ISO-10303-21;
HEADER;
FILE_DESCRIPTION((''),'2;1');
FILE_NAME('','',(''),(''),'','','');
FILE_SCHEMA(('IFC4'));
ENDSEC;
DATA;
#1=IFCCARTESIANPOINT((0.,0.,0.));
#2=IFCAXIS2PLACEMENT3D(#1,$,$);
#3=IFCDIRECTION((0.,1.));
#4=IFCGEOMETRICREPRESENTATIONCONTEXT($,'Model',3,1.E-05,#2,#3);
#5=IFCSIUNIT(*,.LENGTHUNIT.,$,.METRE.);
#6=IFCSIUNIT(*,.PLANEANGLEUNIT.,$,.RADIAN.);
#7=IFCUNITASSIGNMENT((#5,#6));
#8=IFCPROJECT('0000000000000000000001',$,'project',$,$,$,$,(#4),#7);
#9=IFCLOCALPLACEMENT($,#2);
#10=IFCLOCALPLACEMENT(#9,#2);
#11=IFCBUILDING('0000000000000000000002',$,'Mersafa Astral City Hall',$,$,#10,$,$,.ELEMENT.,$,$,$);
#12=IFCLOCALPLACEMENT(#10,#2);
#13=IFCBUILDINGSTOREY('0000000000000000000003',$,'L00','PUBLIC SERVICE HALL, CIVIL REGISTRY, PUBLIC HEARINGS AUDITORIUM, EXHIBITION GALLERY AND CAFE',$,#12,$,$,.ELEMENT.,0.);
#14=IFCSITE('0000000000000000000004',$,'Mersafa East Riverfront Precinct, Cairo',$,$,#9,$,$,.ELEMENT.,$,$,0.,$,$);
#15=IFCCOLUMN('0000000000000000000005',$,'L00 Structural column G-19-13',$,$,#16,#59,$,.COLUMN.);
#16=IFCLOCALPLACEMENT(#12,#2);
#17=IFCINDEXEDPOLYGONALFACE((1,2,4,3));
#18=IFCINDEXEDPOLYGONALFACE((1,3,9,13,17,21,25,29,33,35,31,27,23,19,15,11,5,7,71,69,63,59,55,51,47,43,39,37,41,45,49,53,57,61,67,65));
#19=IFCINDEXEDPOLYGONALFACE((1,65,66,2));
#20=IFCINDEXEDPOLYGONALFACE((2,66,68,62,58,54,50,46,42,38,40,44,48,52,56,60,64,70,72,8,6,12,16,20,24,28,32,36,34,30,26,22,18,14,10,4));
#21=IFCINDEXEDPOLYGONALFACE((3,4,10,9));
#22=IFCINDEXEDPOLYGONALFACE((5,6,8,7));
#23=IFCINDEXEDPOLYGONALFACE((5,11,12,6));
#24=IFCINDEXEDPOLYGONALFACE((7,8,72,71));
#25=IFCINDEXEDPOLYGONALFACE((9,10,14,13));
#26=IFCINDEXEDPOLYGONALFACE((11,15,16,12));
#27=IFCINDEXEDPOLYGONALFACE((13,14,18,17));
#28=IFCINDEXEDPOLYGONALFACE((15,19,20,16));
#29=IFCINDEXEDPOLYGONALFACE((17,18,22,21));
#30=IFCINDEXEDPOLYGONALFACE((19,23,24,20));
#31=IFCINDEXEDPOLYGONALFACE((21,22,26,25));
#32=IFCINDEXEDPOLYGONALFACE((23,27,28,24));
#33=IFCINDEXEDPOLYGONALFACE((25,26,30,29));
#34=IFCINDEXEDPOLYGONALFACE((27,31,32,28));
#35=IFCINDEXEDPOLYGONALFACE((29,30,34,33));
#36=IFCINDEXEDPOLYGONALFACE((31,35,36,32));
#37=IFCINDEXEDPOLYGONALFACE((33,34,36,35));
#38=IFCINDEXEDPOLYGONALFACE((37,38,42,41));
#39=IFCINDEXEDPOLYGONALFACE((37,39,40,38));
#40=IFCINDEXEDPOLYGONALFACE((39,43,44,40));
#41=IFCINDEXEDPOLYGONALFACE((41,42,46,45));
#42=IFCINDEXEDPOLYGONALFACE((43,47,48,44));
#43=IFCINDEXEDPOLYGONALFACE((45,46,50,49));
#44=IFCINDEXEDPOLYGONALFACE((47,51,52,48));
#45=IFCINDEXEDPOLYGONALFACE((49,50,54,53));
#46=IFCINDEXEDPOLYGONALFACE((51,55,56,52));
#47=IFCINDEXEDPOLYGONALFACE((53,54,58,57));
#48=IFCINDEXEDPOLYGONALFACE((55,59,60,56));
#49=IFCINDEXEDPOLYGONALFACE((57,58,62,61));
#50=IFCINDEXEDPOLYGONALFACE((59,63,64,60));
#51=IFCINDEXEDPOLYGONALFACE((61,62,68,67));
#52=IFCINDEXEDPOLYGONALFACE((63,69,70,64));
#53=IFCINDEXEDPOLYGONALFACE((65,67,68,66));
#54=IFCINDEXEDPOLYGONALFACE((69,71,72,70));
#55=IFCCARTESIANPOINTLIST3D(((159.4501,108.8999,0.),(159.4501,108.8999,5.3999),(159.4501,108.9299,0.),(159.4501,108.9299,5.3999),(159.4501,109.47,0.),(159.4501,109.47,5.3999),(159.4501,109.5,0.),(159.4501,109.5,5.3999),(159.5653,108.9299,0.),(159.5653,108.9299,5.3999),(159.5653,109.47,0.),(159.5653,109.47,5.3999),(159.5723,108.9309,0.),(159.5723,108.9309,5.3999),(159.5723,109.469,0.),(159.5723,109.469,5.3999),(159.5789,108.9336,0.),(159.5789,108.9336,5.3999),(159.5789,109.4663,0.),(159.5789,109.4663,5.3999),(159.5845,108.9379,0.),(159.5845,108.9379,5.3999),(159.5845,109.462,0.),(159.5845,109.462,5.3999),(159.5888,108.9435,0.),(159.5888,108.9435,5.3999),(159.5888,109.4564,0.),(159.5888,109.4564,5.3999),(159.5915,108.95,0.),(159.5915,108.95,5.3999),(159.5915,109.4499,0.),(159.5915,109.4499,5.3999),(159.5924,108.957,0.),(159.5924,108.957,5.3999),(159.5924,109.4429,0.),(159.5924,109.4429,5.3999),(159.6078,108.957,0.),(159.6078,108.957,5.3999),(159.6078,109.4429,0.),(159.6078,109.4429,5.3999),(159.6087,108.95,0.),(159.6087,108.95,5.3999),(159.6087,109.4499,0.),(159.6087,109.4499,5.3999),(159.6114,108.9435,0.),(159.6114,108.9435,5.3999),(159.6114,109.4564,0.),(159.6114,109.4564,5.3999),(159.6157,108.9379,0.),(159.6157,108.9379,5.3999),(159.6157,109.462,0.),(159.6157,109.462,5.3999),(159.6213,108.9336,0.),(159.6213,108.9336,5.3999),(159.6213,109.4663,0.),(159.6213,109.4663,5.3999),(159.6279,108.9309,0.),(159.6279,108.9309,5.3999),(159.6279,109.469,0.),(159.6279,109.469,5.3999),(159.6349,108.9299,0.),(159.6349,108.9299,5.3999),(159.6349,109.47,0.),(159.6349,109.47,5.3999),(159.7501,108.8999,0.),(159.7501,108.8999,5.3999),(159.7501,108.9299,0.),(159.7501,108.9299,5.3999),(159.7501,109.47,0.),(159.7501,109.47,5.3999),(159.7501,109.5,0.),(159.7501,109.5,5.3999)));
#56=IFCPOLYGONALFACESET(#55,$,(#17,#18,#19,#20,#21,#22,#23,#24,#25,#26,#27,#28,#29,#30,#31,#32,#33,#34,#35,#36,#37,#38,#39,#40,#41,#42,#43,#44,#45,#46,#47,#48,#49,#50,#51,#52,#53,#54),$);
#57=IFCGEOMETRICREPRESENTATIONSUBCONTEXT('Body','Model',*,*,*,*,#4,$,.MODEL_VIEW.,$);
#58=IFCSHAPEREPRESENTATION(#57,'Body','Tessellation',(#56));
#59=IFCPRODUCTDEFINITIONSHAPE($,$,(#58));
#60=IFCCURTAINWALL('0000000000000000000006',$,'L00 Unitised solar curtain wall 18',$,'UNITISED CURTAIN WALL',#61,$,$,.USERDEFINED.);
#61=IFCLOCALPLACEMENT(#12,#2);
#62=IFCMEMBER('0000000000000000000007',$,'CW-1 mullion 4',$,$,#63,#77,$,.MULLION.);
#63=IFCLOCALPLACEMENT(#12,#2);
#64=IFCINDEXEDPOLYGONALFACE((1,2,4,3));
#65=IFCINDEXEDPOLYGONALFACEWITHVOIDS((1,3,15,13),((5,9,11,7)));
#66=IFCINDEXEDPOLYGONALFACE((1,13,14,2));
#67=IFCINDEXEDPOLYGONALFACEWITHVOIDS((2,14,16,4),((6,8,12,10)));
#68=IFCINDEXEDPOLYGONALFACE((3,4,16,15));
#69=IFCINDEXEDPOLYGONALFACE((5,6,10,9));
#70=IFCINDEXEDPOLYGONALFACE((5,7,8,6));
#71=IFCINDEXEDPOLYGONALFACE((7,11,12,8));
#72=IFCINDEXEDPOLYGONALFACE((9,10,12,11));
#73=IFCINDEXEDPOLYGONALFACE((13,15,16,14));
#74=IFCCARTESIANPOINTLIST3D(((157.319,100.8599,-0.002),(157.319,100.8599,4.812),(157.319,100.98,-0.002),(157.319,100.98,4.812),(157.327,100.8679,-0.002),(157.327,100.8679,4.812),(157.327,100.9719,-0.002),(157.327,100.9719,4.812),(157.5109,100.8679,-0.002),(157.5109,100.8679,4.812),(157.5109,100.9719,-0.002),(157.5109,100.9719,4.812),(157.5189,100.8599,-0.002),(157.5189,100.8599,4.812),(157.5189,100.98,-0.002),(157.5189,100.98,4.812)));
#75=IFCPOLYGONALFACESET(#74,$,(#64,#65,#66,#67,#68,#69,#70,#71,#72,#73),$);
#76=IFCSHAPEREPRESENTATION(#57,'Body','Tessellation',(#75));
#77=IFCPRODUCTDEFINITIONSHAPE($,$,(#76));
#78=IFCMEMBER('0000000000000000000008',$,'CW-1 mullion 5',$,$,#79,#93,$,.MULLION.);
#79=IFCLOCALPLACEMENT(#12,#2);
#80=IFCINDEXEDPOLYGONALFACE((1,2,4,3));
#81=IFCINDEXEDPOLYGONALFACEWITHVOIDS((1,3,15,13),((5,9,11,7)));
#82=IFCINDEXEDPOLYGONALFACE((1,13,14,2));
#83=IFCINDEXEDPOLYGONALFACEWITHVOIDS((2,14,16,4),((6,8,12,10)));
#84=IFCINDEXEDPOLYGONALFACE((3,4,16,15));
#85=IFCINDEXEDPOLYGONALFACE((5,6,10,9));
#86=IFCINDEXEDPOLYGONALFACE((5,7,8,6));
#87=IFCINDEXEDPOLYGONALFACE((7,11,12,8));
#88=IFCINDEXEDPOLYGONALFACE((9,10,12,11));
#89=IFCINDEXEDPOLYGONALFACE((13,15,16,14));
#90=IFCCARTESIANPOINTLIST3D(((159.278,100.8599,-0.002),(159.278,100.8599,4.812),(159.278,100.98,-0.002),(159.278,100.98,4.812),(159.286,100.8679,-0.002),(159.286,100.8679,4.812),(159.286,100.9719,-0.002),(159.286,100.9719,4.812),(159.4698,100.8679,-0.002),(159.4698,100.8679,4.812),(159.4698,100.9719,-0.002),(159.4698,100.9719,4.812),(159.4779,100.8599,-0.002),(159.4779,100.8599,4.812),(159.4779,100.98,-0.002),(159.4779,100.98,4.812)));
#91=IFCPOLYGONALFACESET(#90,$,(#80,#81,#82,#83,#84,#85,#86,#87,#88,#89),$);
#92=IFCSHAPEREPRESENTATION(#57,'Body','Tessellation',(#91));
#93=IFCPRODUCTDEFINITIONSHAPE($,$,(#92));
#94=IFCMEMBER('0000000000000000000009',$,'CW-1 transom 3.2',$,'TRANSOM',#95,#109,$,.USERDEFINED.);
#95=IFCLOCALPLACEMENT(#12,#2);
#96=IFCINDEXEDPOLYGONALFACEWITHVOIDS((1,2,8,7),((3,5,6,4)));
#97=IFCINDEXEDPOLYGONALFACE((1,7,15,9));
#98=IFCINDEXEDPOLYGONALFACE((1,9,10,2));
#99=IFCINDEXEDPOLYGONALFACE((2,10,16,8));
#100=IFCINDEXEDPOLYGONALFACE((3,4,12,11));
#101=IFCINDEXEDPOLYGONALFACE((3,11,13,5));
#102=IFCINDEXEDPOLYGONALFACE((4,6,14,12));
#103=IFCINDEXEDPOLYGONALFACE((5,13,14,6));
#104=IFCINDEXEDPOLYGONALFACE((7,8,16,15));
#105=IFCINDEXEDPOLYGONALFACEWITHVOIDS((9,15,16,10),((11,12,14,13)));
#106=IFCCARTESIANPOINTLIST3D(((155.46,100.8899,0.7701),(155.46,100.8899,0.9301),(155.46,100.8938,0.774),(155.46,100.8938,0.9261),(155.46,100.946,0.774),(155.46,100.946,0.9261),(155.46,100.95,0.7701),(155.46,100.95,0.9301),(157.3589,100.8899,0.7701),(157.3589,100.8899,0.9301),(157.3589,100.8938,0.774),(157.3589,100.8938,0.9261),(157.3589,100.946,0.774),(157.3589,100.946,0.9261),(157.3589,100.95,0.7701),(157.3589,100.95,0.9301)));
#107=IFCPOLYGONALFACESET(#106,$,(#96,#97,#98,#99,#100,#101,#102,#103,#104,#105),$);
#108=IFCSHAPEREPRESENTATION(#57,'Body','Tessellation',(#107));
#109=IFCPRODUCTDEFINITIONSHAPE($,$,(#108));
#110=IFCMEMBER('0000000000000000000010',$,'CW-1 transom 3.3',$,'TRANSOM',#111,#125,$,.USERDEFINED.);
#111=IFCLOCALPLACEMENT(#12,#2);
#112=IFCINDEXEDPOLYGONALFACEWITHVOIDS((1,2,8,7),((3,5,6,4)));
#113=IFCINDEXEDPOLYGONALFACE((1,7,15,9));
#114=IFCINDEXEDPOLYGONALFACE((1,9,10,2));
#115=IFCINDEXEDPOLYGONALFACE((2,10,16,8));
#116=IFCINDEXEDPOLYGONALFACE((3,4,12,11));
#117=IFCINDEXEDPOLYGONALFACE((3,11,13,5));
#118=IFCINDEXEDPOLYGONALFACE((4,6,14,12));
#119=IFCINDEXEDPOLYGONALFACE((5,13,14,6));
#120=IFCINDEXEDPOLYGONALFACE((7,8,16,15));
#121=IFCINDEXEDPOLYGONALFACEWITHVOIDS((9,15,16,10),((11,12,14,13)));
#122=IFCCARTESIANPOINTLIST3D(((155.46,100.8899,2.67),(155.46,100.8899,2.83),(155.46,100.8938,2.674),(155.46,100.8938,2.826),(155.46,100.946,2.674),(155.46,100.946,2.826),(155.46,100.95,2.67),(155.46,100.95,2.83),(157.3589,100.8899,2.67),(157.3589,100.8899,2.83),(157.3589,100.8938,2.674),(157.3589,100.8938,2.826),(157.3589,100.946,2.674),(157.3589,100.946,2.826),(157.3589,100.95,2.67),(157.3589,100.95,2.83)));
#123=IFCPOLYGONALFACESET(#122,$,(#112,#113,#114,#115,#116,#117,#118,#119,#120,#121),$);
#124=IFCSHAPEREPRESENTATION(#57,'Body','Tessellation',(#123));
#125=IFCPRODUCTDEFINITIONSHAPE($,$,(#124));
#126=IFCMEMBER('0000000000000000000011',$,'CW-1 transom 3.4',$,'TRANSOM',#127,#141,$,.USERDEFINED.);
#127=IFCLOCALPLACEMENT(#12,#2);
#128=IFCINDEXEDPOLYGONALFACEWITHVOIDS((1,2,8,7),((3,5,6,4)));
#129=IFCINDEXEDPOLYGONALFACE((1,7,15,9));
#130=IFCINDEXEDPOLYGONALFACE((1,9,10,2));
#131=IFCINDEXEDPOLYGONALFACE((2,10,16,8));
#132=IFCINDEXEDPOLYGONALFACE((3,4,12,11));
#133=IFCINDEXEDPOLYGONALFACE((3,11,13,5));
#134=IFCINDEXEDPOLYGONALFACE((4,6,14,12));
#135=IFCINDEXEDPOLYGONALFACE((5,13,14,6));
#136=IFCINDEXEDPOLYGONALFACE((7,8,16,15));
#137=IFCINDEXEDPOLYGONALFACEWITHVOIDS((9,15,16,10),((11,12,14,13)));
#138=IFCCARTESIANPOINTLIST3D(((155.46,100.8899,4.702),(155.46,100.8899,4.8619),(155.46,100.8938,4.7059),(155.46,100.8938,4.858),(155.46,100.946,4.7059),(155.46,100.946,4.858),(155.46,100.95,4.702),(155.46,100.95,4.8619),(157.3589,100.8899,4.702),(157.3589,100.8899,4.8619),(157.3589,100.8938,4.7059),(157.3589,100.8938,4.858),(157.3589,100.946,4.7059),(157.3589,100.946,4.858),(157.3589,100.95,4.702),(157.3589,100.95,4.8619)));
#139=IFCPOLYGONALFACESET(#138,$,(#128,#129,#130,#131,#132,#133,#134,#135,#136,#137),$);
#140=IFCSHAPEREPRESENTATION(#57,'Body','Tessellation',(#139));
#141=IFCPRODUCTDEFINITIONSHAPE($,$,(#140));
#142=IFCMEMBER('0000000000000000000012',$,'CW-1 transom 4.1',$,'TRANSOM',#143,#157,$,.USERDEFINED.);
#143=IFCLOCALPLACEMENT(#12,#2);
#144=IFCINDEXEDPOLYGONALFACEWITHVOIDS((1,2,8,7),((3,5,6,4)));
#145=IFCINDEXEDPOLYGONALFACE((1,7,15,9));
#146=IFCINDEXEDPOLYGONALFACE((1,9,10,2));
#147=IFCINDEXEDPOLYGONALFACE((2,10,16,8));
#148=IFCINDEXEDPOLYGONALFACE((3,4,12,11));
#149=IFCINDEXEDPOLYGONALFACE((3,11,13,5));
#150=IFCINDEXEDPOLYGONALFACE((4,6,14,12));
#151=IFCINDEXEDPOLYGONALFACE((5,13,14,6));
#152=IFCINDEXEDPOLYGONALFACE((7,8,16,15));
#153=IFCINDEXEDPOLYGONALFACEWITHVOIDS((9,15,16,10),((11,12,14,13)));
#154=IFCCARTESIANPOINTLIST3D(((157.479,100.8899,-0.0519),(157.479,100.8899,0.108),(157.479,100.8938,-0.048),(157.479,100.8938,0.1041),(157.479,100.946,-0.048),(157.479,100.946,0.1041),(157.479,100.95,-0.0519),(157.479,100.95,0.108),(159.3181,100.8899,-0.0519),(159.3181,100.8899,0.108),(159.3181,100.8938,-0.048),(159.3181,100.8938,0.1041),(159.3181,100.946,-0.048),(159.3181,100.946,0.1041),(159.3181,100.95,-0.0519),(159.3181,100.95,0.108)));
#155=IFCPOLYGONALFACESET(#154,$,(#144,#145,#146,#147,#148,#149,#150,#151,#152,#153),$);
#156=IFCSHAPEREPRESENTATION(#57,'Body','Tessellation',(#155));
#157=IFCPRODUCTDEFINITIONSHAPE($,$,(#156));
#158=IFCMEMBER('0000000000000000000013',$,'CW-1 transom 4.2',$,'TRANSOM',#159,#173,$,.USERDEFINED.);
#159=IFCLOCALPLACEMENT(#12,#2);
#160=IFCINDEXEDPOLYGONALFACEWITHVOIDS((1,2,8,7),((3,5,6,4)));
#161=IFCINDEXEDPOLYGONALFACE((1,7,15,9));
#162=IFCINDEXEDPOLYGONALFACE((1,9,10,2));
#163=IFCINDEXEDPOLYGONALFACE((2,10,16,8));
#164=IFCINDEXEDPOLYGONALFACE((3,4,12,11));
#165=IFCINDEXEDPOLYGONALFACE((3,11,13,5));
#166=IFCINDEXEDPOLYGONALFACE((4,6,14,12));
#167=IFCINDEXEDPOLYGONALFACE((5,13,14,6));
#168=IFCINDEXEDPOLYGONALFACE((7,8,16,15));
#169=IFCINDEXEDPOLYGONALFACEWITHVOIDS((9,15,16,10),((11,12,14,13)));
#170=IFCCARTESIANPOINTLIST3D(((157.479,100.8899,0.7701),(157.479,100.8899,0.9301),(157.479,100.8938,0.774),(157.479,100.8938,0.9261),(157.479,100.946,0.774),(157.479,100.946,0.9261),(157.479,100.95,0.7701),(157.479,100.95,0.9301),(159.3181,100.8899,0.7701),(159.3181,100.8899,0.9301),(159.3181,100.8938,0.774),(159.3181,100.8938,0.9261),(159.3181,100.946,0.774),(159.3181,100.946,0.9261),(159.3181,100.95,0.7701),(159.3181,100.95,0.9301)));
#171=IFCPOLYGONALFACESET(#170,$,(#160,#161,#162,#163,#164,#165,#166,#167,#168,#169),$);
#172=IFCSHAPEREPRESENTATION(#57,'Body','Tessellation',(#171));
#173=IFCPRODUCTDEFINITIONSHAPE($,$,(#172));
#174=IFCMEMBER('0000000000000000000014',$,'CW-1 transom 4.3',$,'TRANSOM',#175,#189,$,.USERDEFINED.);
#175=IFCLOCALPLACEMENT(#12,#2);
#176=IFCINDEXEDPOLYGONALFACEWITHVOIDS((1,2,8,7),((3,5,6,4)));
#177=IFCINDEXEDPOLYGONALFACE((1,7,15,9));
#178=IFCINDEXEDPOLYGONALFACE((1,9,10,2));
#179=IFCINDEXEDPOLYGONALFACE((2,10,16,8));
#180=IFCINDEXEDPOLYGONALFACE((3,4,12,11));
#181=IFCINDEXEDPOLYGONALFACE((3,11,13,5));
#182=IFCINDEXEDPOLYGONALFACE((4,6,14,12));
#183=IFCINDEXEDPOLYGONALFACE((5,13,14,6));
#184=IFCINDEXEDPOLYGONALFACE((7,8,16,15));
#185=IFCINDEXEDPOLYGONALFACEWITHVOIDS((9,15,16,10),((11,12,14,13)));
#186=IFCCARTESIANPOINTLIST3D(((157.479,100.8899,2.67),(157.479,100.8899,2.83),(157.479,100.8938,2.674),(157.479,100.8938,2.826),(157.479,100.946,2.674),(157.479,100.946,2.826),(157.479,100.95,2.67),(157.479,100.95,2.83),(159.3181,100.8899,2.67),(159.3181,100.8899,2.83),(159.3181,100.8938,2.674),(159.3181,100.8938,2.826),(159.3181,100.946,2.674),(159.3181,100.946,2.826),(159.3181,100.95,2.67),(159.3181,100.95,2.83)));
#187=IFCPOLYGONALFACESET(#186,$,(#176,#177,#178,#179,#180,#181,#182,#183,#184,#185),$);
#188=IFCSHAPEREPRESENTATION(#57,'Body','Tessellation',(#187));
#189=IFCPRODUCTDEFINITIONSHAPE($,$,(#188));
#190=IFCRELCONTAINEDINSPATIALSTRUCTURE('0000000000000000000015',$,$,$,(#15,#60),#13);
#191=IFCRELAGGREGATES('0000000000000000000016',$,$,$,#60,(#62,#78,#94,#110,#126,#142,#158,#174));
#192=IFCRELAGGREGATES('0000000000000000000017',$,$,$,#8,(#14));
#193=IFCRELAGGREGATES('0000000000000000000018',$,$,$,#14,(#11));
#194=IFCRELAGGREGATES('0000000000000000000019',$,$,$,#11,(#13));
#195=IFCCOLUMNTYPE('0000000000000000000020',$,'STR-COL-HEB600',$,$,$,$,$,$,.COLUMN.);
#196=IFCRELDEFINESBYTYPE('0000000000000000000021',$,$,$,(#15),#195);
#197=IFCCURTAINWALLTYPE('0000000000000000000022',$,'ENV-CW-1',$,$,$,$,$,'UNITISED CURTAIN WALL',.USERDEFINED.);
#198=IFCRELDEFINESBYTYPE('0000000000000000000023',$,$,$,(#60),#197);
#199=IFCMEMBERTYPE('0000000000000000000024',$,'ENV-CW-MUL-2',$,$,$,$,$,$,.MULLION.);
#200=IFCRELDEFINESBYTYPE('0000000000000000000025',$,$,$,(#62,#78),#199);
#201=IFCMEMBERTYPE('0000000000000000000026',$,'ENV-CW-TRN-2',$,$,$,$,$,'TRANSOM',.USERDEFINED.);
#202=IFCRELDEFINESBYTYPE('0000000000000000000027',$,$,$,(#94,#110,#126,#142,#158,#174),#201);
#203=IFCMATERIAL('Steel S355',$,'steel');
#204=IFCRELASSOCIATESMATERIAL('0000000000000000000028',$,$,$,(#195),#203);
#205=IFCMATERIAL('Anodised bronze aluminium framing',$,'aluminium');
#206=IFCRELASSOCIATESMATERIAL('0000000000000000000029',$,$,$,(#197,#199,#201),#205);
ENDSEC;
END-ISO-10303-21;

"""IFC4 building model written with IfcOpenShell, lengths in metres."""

from ifc_helpers import new_model, si_unit, direction, frame, origin, origin_2d, place, context, subcontext, project, spatial, hollow_rectangle, i_section, extrude, material, material_profile, profile_set, type_object, element, aggregate, save


model = new_model("IFC4")

# Units and contexts
model_context = context("Model", 3, precision=1e-05, world=origin(), true_north=direction((0.0, 1.0)))
body_context = subcontext(model_context, "Body", "Model", "MODEL_VIEW")
ifc_project = project(units=[si_unit("LENGTHUNIT", "METRE"), si_unit("PLANEANGLEUNIT", "RADIAN")], contexts=[model_context])

# Site, building, storey
site_placement = place(None, origin())
site = spatial("IfcSite", under=ifc_project, at=site_placement, Name="Mersafa East Riverfront Precinct, Cairo", CompositionType="ELEMENT", RefElevation=0.0)
building_placement = place(site_placement, origin())
building = spatial("IfcBuilding", under=site, at=building_placement, Name="Mersafa Astral City Hall", CompositionType="ELEMENT")
storey_placement = place(building_placement, origin())
storey = spatial("IfcBuildingStorey", under=building, at=storey_placement, Name="L00", Description="PUBLIC SERVICE HALL, CIVIL REGISTRY, PUBLIC HEARINGS AUDITORIUM, EXHIBITION GALLERY AND CAFE", CompositionType="ELEMENT", Elevation=0.0)

# Column
ifc_material_1 = material(Name="Steel S355", Category="steel")
ifc_material_profile_1 = material_profile(ifc_material_1, i_section(OverallWidth=0.3, OverallDepth=0.6001, WebThickness=0.0154, FlangeThickness=0.03, FilletRadius=0.0271, at=origin_2d()), Name="HEB 600")
ifc_profile_set_1 = profile_set([ifc_material_profile_1], Name="Steel S355")
column_type = type_object("IfcColumnType", Name="STR-COL-HEB600", PredefinedType="COLUMN", material=ifc_profile_set_1)
column_placement = place(storey_placement, frame((159.6001, 109.2, 0.0), z_axis=(0.0, 0.0, 1.0), x_axis=(1.0, 0.0, 0.0)))
element("IfcColumn", 1, at=column_placement, inside=storey, type_object=column_type, Name="L00 Structural column G-19-13", PredefinedType="COLUMN", context=body_context, shape_type="SweptSolid", body=[
    extrude(i_section(OverallWidth=0.3, OverallDepth=0.6001, WebThickness=0.0154, FlangeThickness=0.03, FilletRadius=0.0271, at=origin_2d()), origin(), (0.0, 0.0, 1.0), 5.3999),
])

# Curtain wall, members
ifc_material_2 = material(Name="Anodised bronze aluminium framing", Category="aluminium")
curtain_wall_type = type_object("IfcCurtainWallType", Name="ENV-CW-1", ElementType="UNITISED CURTAIN WALL", PredefinedType="USERDEFINED", material=ifc_material_2)
curtain_wall_placement = place(storey_placement, origin())
curtain_wall = element("IfcCurtainWall", 2, at=curtain_wall_placement, inside=storey, type_object=curtain_wall_type, Name="L00 Unitised solar curtain wall 18", ObjectType="UNITISED CURTAIN WALL", PredefinedType="USERDEFINED")
ifc_material_profile_2 = material_profile(ifc_material_2, hollow_rectangle(XDim=0.1201, YDim=0.2, WallThickness=0.0081, at=origin_2d()), Name="RHS 120x200x8")
ifc_profile_set_2 = profile_set([ifc_material_profile_2], Name="Anodised bronze aluminium framing")
member_type_1 = type_object("IfcMemberType", Name="ENV-CW-MUL-2", PredefinedType="MULLION", material=ifc_profile_set_2)
member_1_placement = place(storey_placement, frame((157.4189, 100.9199, -0.002), z_axis=(0.0, 0.0, 1.0), x_axis=(0.0, 1.0, 0.0)))
member_1 = element("IfcMember", 3, at=member_1_placement, type_object=member_type_1, Name="CW-1 mullion 4", PredefinedType="MULLION", context=body_context, shape_type="SweptSolid", body=[
    extrude(hollow_rectangle(XDim=0.1201, YDim=0.2, WallThickness=0.0081, at=origin_2d()), origin(), (0.0, 0.0, 1.0), 4.814),
])
member_2_placement = place(storey_placement, frame((159.3779, 100.9199, -0.002), z_axis=(0.0, 0.0, 1.0), x_axis=(0.0, 1.0, 0.0)))
member_2 = element("IfcMember", 4, at=member_2_placement, type_object=member_type_1, Name="CW-1 mullion 5", PredefinedType="MULLION", context=body_context, shape_type="SweptSolid", body=[
    extrude(hollow_rectangle(XDim=0.1201, YDim=0.2, WallThickness=0.0081, at=origin_2d()), origin(), (0.0, 0.0, 1.0), 4.814),
])
ifc_material_profile_3 = material_profile(ifc_material_2, hollow_rectangle(XDim=0.0601, YDim=0.1599, WallThickness=0.0039, at=origin_2d()), Name="RHS 60x160x4")
ifc_profile_set_3 = profile_set([ifc_material_profile_3], Name="Anodised bronze aluminium framing")
member_type_2 = type_object("IfcMemberType", Name="ENV-CW-TRN-2", ElementType="TRANSOM", PredefinedType="USERDEFINED", material=ifc_profile_set_3)
member_3_placement = place(storey_placement, frame((155.46, 100.9199, 0.8501), z_axis=(1.0, 0.0, 0.0), x_axis=(0.0, 1.0, 0.0)))
member_3 = element("IfcMember", 5, at=member_3_placement, type_object=member_type_2, Name="CW-1 transom 3.2", ObjectType="TRANSOM", PredefinedType="USERDEFINED", context=body_context, shape_type="SweptSolid", body=[
    extrude(hollow_rectangle(XDim=0.0601, YDim=0.1599, WallThickness=0.0039, at=origin_2d()), origin(), (0.0, 0.0, 1.0), 1.8989),
])
member_4_placement = place(storey_placement, frame((155.46, 100.9199, 2.75), z_axis=(1.0, 0.0, 0.0), x_axis=(0.0, 1.0, 0.0)))
member_4 = element("IfcMember", 6, at=member_4_placement, type_object=member_type_2, Name="CW-1 transom 3.3", ObjectType="TRANSOM", PredefinedType="USERDEFINED", context=body_context, shape_type="SweptSolid", body=[
    extrude(hollow_rectangle(XDim=0.0601, YDim=0.1599, WallThickness=0.0039, at=origin_2d()), origin(), (0.0, 0.0, 1.0), 1.8989),
])
member_5_placement = place(storey_placement, frame((155.46, 100.9199, 4.782), z_axis=(1.0, 0.0, 0.0), x_axis=(0.0, 1.0, 0.0)))
member_5 = element("IfcMember", 7, at=member_5_placement, type_object=member_type_2, Name="CW-1 transom 3.4", ObjectType="TRANSOM", PredefinedType="USERDEFINED", context=body_context, shape_type="SweptSolid", body=[
    extrude(hollow_rectangle(XDim=0.0601, YDim=0.1599, WallThickness=0.0039, at=origin_2d()), origin(), (0.0, 0.0, 1.0), 1.8989),
])
member_6_placement = place(storey_placement, frame((157.479, 100.9199, 0.0281), z_axis=(1.0, 0.0, 0.0), x_axis=(0.0, 1.0, 0.0)))
member_6 = element("IfcMember", 8, at=member_6_placement, type_object=member_type_2, Name="CW-1 transom 4.1", ObjectType="TRANSOM", PredefinedType="USERDEFINED", context=body_context, shape_type="SweptSolid", body=[
    extrude(hollow_rectangle(XDim=0.0601, YDim=0.1599, WallThickness=0.0039, at=origin_2d()), origin(), (0.0, 0.0, 1.0), 1.8391),
])
member_7_placement = place(storey_placement, frame((157.479, 100.9199, 0.8501), z_axis=(1.0, 0.0, 0.0), x_axis=(0.0, 1.0, 0.0)))
member_7 = element("IfcMember", 9, at=member_7_placement, type_object=member_type_2, Name="CW-1 transom 4.2", ObjectType="TRANSOM", PredefinedType="USERDEFINED", context=body_context, shape_type="SweptSolid", body=[
    extrude(hollow_rectangle(XDim=0.0601, YDim=0.1599, WallThickness=0.0039, at=origin_2d()), origin(), (0.0, 0.0, 1.0), 1.8391),
])
member_8_placement = place(storey_placement, frame((157.479, 100.9199, 2.75), z_axis=(1.0, 0.0, 0.0), x_axis=(0.0, 1.0, 0.0)))
member_8 = element("IfcMember", 10, at=member_8_placement, type_object=member_type_2, Name="CW-1 transom 4.3", ObjectType="TRANSOM", PredefinedType="USERDEFINED", context=body_context, shape_type="SweptSolid", body=[
    extrude(hollow_rectangle(XDim=0.0601, YDim=0.1599, WallThickness=0.0039, at=origin_2d()), origin(), (0.0, 0.0, 1.0), 1.8391),
])

aggregate(curtain_wall, [member_1, member_2, member_3, member_4, member_5, member_6, member_7, member_8])

save(model, "model.ifc")
